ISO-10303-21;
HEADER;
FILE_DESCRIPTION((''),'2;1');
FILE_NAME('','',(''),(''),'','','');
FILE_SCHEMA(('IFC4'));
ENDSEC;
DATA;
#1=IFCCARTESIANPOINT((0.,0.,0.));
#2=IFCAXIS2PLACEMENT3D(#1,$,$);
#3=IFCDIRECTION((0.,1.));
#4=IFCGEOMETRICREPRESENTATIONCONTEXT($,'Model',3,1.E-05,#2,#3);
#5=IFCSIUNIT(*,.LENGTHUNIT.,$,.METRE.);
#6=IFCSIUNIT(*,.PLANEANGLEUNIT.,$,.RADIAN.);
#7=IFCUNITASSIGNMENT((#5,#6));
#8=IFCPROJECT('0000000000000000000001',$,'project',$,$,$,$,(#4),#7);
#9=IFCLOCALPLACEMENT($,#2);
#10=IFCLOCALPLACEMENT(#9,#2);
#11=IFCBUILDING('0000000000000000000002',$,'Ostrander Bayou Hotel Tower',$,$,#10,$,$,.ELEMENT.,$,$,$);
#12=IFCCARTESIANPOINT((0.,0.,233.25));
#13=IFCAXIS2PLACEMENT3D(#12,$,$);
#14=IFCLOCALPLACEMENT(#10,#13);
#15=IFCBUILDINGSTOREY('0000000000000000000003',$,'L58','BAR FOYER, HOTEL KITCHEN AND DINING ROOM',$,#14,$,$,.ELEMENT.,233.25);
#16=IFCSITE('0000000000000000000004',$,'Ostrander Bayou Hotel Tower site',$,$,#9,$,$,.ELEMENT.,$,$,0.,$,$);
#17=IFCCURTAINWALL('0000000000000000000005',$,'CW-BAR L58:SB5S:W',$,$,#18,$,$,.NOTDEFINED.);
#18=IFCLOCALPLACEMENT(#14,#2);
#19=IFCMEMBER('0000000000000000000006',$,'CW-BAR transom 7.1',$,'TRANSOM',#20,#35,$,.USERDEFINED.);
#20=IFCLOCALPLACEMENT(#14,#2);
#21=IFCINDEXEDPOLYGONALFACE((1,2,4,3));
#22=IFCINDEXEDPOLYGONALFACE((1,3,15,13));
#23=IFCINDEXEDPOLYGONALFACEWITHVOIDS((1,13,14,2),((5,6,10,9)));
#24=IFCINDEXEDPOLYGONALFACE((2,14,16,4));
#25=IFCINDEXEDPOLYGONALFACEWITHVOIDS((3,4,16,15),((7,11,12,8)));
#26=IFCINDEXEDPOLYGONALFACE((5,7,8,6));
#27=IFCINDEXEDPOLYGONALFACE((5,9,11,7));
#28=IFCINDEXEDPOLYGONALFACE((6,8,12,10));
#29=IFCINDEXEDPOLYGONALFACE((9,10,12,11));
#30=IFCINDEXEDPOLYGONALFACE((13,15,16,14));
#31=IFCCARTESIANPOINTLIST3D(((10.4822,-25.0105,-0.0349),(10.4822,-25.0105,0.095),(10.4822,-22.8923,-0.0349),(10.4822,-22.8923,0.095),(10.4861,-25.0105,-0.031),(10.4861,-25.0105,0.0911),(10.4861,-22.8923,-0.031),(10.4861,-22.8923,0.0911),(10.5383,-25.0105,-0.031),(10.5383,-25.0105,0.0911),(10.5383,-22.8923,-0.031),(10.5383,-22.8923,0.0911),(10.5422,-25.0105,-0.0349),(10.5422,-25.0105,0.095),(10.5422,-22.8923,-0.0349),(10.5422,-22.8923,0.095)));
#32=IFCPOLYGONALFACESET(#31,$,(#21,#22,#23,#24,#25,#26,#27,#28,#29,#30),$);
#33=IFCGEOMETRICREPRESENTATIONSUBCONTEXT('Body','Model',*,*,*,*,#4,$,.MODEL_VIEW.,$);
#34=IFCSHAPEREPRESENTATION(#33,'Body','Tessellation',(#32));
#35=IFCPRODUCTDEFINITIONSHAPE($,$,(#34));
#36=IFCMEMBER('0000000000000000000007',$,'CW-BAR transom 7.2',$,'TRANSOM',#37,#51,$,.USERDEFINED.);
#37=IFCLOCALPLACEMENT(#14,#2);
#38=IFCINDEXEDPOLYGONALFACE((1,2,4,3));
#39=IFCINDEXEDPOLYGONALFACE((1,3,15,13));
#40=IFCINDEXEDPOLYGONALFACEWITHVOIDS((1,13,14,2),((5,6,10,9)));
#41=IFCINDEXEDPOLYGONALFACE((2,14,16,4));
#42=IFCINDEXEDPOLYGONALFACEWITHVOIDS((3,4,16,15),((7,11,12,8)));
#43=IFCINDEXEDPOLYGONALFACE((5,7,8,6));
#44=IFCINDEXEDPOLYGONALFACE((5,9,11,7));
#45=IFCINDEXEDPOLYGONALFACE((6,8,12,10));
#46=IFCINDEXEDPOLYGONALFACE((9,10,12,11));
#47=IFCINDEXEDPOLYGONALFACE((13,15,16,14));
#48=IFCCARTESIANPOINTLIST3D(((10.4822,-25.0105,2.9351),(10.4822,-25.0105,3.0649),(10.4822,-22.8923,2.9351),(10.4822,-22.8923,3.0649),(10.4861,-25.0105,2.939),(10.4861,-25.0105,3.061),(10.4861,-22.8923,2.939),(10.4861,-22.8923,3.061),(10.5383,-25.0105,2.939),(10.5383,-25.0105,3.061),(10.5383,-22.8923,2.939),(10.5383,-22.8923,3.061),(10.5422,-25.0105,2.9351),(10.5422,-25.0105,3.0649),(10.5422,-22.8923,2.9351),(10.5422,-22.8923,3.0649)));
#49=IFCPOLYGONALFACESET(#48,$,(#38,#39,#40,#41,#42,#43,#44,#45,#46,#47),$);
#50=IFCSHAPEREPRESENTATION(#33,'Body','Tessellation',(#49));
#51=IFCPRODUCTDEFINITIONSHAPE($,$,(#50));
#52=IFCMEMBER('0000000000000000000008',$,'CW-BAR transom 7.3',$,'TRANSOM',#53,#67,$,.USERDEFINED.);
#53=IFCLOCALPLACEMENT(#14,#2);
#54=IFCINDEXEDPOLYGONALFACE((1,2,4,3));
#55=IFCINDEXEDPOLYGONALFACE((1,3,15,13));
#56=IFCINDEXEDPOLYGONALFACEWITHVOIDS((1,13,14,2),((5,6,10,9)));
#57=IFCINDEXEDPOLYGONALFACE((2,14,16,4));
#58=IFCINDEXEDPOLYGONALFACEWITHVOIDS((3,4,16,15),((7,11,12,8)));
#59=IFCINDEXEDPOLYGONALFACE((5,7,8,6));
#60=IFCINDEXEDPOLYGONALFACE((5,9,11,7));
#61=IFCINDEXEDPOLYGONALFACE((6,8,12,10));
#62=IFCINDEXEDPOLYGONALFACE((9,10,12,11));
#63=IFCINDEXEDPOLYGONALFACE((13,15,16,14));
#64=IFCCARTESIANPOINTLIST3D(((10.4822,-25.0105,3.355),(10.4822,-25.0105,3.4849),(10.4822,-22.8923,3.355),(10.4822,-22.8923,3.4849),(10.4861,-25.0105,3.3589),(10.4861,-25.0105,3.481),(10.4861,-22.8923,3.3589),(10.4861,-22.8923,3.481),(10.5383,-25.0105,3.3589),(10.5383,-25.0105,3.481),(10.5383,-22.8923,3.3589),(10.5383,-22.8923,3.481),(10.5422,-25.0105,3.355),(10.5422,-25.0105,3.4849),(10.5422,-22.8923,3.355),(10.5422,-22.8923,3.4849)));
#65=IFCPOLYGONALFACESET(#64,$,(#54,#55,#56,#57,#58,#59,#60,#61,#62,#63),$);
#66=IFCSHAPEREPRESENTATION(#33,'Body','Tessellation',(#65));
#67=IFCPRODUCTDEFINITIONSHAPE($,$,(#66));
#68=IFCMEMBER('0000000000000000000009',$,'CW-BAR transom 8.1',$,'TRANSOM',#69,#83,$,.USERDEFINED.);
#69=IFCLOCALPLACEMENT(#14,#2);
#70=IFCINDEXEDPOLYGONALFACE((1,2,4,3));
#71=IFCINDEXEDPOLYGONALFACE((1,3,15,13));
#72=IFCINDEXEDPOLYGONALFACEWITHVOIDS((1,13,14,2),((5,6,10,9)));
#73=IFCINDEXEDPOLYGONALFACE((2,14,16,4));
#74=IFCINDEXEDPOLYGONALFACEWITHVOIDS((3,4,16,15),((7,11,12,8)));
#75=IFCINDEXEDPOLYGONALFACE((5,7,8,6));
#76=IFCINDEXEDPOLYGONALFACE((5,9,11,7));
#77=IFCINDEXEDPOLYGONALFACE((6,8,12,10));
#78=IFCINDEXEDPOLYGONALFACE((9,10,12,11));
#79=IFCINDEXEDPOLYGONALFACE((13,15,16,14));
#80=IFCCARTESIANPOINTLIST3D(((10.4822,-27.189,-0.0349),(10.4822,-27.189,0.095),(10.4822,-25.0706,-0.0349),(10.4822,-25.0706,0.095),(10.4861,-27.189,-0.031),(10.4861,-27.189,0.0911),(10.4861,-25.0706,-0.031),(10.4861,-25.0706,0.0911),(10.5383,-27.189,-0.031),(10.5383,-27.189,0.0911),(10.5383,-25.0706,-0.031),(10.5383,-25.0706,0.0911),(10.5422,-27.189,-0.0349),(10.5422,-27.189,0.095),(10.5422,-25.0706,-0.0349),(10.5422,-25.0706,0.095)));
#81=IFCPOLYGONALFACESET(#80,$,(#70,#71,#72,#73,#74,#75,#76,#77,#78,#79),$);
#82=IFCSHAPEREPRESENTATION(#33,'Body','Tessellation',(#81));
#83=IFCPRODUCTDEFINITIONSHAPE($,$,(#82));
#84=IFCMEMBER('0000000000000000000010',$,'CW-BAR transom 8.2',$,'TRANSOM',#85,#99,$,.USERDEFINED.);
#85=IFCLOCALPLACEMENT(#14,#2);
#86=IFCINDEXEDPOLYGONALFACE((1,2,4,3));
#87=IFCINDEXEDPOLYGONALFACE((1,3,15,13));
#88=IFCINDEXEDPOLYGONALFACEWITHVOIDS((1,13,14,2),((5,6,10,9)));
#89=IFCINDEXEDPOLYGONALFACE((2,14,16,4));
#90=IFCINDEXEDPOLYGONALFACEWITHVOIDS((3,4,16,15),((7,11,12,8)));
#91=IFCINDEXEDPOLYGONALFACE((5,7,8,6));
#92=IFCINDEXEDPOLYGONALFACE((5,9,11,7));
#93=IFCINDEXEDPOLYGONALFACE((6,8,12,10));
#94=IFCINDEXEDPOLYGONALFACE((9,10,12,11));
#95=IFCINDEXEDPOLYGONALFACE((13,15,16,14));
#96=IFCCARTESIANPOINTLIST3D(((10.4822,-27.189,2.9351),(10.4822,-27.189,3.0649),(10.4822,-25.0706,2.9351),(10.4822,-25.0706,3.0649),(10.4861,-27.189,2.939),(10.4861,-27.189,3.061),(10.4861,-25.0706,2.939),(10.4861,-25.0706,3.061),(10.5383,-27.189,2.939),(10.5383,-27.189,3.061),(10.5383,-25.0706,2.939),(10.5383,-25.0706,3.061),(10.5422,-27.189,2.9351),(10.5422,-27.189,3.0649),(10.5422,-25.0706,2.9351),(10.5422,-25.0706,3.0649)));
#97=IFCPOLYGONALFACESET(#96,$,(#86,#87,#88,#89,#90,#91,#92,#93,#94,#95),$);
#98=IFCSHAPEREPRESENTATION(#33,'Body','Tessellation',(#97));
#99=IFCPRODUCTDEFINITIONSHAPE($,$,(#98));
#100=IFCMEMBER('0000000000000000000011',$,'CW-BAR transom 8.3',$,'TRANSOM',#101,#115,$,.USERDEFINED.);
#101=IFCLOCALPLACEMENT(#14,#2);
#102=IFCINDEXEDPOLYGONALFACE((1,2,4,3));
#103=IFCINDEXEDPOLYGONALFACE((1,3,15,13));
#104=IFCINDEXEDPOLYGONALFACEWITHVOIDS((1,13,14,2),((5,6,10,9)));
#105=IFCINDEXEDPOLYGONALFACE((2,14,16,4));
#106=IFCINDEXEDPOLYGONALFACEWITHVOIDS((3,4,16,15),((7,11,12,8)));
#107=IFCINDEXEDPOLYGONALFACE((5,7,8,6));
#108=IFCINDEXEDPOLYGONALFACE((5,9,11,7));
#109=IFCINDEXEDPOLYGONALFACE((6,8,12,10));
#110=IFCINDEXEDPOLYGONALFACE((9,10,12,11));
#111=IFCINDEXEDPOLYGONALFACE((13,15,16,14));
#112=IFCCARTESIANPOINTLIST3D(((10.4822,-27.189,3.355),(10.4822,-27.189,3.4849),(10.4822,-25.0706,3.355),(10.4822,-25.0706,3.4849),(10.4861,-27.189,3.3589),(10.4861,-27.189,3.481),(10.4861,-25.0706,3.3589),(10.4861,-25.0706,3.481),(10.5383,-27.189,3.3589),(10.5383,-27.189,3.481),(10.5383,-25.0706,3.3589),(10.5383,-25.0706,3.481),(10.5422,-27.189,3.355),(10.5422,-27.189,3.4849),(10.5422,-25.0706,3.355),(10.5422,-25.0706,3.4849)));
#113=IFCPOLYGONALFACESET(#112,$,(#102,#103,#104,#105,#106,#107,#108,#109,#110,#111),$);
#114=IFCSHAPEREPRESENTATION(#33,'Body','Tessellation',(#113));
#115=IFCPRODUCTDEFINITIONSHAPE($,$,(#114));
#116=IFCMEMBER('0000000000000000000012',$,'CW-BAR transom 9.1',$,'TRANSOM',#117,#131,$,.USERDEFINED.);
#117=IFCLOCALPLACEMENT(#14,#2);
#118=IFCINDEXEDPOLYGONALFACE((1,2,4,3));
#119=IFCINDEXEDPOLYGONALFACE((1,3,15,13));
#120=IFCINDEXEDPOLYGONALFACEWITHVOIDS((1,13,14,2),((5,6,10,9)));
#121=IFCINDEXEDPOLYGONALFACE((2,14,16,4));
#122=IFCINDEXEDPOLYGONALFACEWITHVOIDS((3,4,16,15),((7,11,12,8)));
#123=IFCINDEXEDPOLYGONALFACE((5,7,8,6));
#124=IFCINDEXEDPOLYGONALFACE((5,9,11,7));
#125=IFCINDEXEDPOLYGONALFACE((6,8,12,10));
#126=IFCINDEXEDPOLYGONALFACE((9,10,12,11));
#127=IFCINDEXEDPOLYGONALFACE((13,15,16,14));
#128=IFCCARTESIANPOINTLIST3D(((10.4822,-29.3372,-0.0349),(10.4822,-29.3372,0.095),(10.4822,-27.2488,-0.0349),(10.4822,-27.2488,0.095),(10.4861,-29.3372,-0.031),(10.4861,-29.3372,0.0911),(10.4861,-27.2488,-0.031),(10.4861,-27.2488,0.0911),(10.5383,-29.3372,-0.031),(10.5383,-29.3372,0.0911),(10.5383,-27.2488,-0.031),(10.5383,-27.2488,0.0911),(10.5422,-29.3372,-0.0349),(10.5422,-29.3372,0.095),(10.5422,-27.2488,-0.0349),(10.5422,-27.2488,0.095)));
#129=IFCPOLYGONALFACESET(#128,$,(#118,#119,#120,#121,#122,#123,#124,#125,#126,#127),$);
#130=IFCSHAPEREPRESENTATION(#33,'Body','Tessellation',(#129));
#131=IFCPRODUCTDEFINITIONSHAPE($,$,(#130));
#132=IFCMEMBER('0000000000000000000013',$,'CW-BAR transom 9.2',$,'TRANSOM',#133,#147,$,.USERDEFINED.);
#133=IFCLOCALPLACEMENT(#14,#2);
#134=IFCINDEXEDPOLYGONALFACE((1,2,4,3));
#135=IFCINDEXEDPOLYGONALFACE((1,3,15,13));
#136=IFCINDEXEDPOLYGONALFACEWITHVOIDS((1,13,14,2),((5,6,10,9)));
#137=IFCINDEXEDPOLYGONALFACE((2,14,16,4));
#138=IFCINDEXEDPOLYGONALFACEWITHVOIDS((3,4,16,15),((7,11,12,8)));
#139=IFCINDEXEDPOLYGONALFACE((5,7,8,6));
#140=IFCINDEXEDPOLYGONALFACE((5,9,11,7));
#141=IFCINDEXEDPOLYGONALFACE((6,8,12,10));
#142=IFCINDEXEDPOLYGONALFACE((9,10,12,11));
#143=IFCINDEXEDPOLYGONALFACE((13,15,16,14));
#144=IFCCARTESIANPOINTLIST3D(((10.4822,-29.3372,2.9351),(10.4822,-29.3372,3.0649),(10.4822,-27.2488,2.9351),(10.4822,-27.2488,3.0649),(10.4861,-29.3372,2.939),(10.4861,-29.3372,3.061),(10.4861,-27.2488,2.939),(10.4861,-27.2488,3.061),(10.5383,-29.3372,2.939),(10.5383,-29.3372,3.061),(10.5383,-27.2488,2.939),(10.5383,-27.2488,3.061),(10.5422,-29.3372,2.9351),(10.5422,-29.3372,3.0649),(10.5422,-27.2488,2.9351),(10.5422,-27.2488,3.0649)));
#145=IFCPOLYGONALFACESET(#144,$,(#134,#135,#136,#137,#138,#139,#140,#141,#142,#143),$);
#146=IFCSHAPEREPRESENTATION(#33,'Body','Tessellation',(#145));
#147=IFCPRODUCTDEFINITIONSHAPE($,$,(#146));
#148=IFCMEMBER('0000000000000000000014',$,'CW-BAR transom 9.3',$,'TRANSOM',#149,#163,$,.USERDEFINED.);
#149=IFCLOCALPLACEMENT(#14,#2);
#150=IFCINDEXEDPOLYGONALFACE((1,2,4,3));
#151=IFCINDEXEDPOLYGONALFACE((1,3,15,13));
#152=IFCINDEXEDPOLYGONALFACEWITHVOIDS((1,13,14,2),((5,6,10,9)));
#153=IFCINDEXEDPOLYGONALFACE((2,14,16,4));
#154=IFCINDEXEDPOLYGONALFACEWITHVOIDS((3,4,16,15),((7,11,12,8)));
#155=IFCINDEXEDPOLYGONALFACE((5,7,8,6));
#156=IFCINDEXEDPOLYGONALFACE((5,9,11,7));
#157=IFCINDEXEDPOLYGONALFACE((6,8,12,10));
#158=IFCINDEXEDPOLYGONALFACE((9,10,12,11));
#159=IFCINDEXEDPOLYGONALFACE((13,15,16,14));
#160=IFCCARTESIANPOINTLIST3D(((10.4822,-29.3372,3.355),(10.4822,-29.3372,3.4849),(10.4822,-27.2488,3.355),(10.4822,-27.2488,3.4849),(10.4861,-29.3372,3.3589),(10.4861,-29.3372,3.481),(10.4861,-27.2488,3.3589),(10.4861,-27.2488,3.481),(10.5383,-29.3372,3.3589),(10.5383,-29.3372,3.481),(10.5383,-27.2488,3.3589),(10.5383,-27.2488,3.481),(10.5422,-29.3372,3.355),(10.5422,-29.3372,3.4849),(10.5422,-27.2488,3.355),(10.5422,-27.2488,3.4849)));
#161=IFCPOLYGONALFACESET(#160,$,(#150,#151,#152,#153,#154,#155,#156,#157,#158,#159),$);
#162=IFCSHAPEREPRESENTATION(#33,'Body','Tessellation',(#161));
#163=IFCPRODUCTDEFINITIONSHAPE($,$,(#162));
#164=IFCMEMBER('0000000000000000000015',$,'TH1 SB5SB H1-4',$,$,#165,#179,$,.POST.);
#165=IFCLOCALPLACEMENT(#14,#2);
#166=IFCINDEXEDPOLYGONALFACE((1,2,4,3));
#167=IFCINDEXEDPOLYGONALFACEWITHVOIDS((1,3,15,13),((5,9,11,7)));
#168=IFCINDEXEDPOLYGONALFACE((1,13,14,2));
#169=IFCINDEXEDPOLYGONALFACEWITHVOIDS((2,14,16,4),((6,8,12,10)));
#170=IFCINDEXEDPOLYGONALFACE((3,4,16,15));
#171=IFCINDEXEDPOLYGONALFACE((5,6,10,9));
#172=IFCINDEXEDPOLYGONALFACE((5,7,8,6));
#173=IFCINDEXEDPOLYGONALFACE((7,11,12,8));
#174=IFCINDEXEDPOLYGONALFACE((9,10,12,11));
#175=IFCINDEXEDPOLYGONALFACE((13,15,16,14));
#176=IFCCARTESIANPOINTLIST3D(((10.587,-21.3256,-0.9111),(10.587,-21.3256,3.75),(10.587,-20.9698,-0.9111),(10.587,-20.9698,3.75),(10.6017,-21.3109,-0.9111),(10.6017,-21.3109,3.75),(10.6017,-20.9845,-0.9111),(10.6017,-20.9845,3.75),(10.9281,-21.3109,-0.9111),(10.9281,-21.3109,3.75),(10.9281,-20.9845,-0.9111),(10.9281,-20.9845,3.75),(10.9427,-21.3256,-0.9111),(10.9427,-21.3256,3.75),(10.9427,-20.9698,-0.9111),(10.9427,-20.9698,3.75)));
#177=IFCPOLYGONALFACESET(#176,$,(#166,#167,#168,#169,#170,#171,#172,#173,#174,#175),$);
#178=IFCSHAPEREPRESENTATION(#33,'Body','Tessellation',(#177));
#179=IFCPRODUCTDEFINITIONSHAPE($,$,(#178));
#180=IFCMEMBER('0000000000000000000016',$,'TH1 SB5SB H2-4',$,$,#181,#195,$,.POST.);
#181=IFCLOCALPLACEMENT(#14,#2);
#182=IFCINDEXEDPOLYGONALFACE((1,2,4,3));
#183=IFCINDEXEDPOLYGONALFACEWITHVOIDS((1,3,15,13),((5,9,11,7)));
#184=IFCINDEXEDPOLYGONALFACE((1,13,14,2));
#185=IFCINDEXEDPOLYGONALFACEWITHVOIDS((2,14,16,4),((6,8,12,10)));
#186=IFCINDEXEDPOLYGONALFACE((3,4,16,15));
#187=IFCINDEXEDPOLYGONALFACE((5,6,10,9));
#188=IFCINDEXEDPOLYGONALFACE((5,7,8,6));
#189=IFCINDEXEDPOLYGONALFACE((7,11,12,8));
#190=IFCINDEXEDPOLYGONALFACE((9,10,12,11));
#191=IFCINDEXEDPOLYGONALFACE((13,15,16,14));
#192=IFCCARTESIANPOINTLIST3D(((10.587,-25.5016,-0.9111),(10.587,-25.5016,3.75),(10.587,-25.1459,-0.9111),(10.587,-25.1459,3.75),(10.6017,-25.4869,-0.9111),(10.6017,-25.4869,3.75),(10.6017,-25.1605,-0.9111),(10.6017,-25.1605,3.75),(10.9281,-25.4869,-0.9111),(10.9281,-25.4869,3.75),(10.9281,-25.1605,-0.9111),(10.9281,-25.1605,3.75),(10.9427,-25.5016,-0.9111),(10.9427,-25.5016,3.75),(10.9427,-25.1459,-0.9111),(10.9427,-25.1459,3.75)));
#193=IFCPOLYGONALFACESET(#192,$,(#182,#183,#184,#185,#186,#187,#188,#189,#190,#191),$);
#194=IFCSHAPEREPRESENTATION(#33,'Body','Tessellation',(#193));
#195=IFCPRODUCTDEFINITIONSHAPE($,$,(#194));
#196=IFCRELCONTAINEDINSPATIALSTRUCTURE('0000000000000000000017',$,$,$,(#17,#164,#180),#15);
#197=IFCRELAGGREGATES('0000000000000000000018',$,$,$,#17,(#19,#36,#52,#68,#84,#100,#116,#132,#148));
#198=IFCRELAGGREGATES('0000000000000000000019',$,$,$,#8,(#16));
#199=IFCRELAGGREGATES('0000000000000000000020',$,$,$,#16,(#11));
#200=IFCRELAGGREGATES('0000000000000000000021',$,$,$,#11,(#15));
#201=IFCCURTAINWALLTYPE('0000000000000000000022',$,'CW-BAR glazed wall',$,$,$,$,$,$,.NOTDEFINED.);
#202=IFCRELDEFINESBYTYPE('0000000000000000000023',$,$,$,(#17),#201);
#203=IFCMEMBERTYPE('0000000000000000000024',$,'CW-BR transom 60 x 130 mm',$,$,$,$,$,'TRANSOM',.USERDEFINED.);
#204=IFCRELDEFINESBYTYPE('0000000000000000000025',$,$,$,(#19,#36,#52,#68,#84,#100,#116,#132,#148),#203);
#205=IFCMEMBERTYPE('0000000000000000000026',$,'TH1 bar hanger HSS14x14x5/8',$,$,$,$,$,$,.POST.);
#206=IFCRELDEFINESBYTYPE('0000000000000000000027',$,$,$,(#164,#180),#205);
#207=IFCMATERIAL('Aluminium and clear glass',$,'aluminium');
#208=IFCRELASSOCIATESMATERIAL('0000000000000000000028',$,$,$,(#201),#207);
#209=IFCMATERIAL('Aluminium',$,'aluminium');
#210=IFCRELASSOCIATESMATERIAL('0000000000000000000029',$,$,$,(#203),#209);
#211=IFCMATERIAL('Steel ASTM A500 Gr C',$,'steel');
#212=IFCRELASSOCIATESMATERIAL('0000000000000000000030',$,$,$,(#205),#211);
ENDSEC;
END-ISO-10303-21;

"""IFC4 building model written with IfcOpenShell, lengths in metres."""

from ifc_helpers import new_model, si_unit, direction, frame, origin, origin_2d, place, context, subcontext, project, spatial, hollow_rectangle, extrude, material, material_profile, profile_set, type_object, element, aggregate, save


model = new_model("IFC4")

# Units and contexts
model_context = context("Model", 3, precision=1e-05, world=origin(), true_north=direction((0.0, 1.0)))
body_context = subcontext(model_context, "Body", "Model", "MODEL_VIEW")
ifc_project = project(units=[si_unit("LENGTHUNIT", "METRE"), si_unit("PLANEANGLEUNIT", "RADIAN")], contexts=[model_context])

# Site, building, storey
site_placement = place(None, origin())
site = spatial("IfcSite", under=ifc_project, at=site_placement, Name="Ostrander Bayou Hotel Tower site", CompositionType="ELEMENT", RefElevation=0.0)
building_placement = place(site_placement, origin())
building = spatial("IfcBuilding", under=site, at=building_placement, Name="Ostrander Bayou Hotel Tower", CompositionType="ELEMENT")
storey_placement = place(building_placement, frame((0.0, 0.0, 233.25)))
storey = spatial("IfcBuildingStorey", under=building, at=storey_placement, Name="L58", Description="BAR FOYER, HOTEL KITCHEN AND DINING ROOM", CompositionType="ELEMENT", Elevation=233.25)

# Shared definitions
ifc_material_1 = material(Name="Aluminium and clear glass", Category="aluminium")
curtain_wall_type = type_object("IfcCurtainWallType", Name="CW-BAR glazed wall", PredefinedType="NOTDEFINED", material=ifc_material_1)

# Curtain wall, members
curtain_wall_1_placement = place(storey_placement, origin())
curtain_wall_1 = element("IfcCurtainWall", 1, at=curtain_wall_1_placement, inside=storey, type_object=curtain_wall_type, Name="CW-BAR L58:SB5S:W", PredefinedType="NOTDEFINED")
ifc_material_2 = material(Name="Aluminium", Category="aluminium")
ifc_material_profile_1 = material_profile(ifc_material_2, hollow_rectangle(XDim=0.0601, YDim=0.1299, WallThickness=0.0039, at=origin_2d()))
ifc_profile_set_1 = profile_set([ifc_material_profile_1], Name="Aluminium")
member_type_1 = type_object("IfcMemberType", Name="CW-BR transom 60 x 130 mm", ElementType="TRANSOM", PredefinedType="USERDEFINED", material=ifc_profile_set_1)
member_1_placement = place(storey_placement, frame((10.5122, -22.8923, 0.03), z_axis=(0.0, -1.0, 0.0), x_axis=(1.0, 0.0, 0.0)))
member_1 = element("IfcMember", 2, at=member_1_placement, type_object=member_type_1, Name="CW-BAR transom 7.1", ObjectType="TRANSOM", PredefinedType="USERDEFINED", context=body_context, shape_type="SweptSolid", body=[
    extrude(hollow_rectangle(XDim=0.0601, YDim=0.1299, WallThickness=0.0039, at=origin_2d()), origin(), (0.0, 0.0, 1.0), 2.1182),
])
member_2_placement = place(storey_placement, frame((10.5122, -22.8923, 3.0), z_axis=(0.0, -1.0, 0.0), x_axis=(1.0, 0.0, 0.0)))
member_2 = element("IfcMember", 3, at=member_2_placement, type_object=member_type_1, Name="CW-BAR transom 7.2", ObjectType="TRANSOM", PredefinedType="USERDEFINED", context=body_context, shape_type="SweptSolid", body=[
    extrude(hollow_rectangle(XDim=0.0601, YDim=0.1299, WallThickness=0.0039, at=origin_2d()), origin(), (0.0, 0.0, 1.0), 2.1182),
])
member_3_placement = place(storey_placement, frame((10.5122, -22.8923, 3.4199), z_axis=(0.0, -1.0, 0.0), x_axis=(1.0, 0.0, 0.0)))
member_3 = element("IfcMember", 4, at=member_3_placement, type_object=member_type_1, Name="CW-BAR transom 7.3", ObjectType="TRANSOM", PredefinedType="USERDEFINED", context=body_context, shape_type="SweptSolid", body=[
    extrude(hollow_rectangle(XDim=0.0601, YDim=0.1299, WallThickness=0.0039, at=origin_2d()), origin(), (0.0, 0.0, 1.0), 2.1182),
])
member_4_placement = place(storey_placement, frame((10.5122, -25.0706, 0.03), z_axis=(0.0, -1.0, 0.0), x_axis=(1.0, 0.0, 0.0)))
member_4 = element("IfcMember", 5, at=member_4_placement, type_object=member_type_1, Name="CW-BAR transom 8.1", ObjectType="TRANSOM", PredefinedType="USERDEFINED", context=body_context, shape_type="SweptSolid", body=[
    extrude(hollow_rectangle(XDim=0.0601, YDim=0.1299, WallThickness=0.0039, at=origin_2d()), origin(), (0.0, 0.0, 1.0), 2.1184),
])
member_5_placement = place(storey_placement, frame((10.5122, -25.0706, 3.0), z_axis=(0.0, -1.0, 0.0), x_axis=(1.0, 0.0, 0.0)))
member_5 = element("IfcMember", 6, at=member_5_placement, type_object=member_type_1, Name="CW-BAR transom 8.2", ObjectType="TRANSOM", PredefinedType="USERDEFINED", context=body_context, shape_type="SweptSolid", body=[
    extrude(hollow_rectangle(XDim=0.0601, YDim=0.1299, WallThickness=0.0039, at=origin_2d()), origin(), (0.0, 0.0, 1.0), 2.1184),
])
member_6_placement = place(storey_placement, frame((10.5122, -25.0706, 3.4199), z_axis=(0.0, -1.0, 0.0), x_axis=(1.0, 0.0, 0.0)))
member_6 = element("IfcMember", 7, at=member_6_placement, type_object=member_type_1, Name="CW-BAR transom 8.3", ObjectType="TRANSOM", PredefinedType="USERDEFINED", context=body_context, shape_type="SweptSolid", body=[
    extrude(hollow_rectangle(XDim=0.0601, YDim=0.1299, WallThickness=0.0039, at=origin_2d()), origin(), (0.0, 0.0, 1.0), 2.1184),
])
member_7_placement = place(storey_placement, frame((10.5122, -27.2488, 0.03), z_axis=(0.0, -1.0, 0.0), x_axis=(1.0, 0.0, 0.0)))
member_7 = element("IfcMember", 8, at=member_7_placement, type_object=member_type_1, Name="CW-BAR transom 9.1", ObjectType="TRANSOM", PredefinedType="USERDEFINED", context=body_context, shape_type="SweptSolid", body=[
    extrude(hollow_rectangle(XDim=0.0601, YDim=0.1299, WallThickness=0.0039, at=origin_2d()), origin(), (0.0, 0.0, 1.0), 2.0884),
])
member_8_placement = place(storey_placement, frame((10.5122, -27.2488, 3.0), z_axis=(0.0, -1.0, 0.0), x_axis=(1.0, 0.0, 0.0)))
member_8 = element("IfcMember", 9, at=member_8_placement, type_object=member_type_1, Name="CW-BAR transom 9.2", ObjectType="TRANSOM", PredefinedType="USERDEFINED", context=body_context, shape_type="SweptSolid", body=[
    extrude(hollow_rectangle(XDim=0.0601, YDim=0.1299, WallThickness=0.0039, at=origin_2d()), origin(), (0.0, 0.0, 1.0), 2.0884),
])
member_9_placement = place(storey_placement, frame((10.5122, -27.2488, 3.4199), z_axis=(0.0, -1.0, 0.0), x_axis=(1.0, 0.0, 0.0)))
member_9 = element("IfcMember", 10, at=member_9_placement, type_object=member_type_1, Name="CW-BAR transom 9.3", ObjectType="TRANSOM", PredefinedType="USERDEFINED", context=body_context, shape_type="SweptSolid", body=[
    extrude(hollow_rectangle(XDim=0.0601, YDim=0.1299, WallThickness=0.0039, at=origin_2d()), origin(), (0.0, 0.0, 1.0), 2.0884),
])

# Members
ifc_material_3 = material(Name="Steel ASTM A500 Gr C", Category="steel")
ifc_material_profile_2 = material_profile(ifc_material_3, hollow_rectangle(XDim=0.3557, YDim=0.3557, WallThickness=0.0146, at=origin_2d()))
ifc_profile_set_2 = profile_set([ifc_material_profile_2], Name="Steel ASTM A500 Gr C")
member_type_2 = type_object("IfcMemberType", Name="TH1 bar hanger HSS14x14x5/8", PredefinedType="POST", material=ifc_profile_set_2)
for number, where, z_axis, x_axis, name in (
    (11, (10.7649, -21.1477, -0.9111), (0.0, 0.0, 1.0), (1.0, 0.0, 0.0), "TH1 SB5SB H1-4"),
    (12, (10.7649, -25.3237, -0.9111), (0.0, 0.0, 1.0), (1.0, 0.0, 0.0), "TH1 SB5SB H2-4"),
):
    element("IfcMember", number, at=place(storey_placement, frame(where, z_axis=z_axis, x_axis=x_axis)), inside=storey, type_object=member_type_2, Name=name, PredefinedType="POST", context=body_context, shape_type="SweptSolid", body=[
        extrude(hollow_rectangle(XDim=0.3557, YDim=0.3557, WallThickness=0.0146, at=origin_2d()), origin(), (0.0, 0.0, 1.0), 4.6611),
    ])

aggregate(curtain_wall_1, [member_1, member_2, member_3, member_4, member_5, member_6, member_7, member_8, member_9])

save(model, "model.ifc")
